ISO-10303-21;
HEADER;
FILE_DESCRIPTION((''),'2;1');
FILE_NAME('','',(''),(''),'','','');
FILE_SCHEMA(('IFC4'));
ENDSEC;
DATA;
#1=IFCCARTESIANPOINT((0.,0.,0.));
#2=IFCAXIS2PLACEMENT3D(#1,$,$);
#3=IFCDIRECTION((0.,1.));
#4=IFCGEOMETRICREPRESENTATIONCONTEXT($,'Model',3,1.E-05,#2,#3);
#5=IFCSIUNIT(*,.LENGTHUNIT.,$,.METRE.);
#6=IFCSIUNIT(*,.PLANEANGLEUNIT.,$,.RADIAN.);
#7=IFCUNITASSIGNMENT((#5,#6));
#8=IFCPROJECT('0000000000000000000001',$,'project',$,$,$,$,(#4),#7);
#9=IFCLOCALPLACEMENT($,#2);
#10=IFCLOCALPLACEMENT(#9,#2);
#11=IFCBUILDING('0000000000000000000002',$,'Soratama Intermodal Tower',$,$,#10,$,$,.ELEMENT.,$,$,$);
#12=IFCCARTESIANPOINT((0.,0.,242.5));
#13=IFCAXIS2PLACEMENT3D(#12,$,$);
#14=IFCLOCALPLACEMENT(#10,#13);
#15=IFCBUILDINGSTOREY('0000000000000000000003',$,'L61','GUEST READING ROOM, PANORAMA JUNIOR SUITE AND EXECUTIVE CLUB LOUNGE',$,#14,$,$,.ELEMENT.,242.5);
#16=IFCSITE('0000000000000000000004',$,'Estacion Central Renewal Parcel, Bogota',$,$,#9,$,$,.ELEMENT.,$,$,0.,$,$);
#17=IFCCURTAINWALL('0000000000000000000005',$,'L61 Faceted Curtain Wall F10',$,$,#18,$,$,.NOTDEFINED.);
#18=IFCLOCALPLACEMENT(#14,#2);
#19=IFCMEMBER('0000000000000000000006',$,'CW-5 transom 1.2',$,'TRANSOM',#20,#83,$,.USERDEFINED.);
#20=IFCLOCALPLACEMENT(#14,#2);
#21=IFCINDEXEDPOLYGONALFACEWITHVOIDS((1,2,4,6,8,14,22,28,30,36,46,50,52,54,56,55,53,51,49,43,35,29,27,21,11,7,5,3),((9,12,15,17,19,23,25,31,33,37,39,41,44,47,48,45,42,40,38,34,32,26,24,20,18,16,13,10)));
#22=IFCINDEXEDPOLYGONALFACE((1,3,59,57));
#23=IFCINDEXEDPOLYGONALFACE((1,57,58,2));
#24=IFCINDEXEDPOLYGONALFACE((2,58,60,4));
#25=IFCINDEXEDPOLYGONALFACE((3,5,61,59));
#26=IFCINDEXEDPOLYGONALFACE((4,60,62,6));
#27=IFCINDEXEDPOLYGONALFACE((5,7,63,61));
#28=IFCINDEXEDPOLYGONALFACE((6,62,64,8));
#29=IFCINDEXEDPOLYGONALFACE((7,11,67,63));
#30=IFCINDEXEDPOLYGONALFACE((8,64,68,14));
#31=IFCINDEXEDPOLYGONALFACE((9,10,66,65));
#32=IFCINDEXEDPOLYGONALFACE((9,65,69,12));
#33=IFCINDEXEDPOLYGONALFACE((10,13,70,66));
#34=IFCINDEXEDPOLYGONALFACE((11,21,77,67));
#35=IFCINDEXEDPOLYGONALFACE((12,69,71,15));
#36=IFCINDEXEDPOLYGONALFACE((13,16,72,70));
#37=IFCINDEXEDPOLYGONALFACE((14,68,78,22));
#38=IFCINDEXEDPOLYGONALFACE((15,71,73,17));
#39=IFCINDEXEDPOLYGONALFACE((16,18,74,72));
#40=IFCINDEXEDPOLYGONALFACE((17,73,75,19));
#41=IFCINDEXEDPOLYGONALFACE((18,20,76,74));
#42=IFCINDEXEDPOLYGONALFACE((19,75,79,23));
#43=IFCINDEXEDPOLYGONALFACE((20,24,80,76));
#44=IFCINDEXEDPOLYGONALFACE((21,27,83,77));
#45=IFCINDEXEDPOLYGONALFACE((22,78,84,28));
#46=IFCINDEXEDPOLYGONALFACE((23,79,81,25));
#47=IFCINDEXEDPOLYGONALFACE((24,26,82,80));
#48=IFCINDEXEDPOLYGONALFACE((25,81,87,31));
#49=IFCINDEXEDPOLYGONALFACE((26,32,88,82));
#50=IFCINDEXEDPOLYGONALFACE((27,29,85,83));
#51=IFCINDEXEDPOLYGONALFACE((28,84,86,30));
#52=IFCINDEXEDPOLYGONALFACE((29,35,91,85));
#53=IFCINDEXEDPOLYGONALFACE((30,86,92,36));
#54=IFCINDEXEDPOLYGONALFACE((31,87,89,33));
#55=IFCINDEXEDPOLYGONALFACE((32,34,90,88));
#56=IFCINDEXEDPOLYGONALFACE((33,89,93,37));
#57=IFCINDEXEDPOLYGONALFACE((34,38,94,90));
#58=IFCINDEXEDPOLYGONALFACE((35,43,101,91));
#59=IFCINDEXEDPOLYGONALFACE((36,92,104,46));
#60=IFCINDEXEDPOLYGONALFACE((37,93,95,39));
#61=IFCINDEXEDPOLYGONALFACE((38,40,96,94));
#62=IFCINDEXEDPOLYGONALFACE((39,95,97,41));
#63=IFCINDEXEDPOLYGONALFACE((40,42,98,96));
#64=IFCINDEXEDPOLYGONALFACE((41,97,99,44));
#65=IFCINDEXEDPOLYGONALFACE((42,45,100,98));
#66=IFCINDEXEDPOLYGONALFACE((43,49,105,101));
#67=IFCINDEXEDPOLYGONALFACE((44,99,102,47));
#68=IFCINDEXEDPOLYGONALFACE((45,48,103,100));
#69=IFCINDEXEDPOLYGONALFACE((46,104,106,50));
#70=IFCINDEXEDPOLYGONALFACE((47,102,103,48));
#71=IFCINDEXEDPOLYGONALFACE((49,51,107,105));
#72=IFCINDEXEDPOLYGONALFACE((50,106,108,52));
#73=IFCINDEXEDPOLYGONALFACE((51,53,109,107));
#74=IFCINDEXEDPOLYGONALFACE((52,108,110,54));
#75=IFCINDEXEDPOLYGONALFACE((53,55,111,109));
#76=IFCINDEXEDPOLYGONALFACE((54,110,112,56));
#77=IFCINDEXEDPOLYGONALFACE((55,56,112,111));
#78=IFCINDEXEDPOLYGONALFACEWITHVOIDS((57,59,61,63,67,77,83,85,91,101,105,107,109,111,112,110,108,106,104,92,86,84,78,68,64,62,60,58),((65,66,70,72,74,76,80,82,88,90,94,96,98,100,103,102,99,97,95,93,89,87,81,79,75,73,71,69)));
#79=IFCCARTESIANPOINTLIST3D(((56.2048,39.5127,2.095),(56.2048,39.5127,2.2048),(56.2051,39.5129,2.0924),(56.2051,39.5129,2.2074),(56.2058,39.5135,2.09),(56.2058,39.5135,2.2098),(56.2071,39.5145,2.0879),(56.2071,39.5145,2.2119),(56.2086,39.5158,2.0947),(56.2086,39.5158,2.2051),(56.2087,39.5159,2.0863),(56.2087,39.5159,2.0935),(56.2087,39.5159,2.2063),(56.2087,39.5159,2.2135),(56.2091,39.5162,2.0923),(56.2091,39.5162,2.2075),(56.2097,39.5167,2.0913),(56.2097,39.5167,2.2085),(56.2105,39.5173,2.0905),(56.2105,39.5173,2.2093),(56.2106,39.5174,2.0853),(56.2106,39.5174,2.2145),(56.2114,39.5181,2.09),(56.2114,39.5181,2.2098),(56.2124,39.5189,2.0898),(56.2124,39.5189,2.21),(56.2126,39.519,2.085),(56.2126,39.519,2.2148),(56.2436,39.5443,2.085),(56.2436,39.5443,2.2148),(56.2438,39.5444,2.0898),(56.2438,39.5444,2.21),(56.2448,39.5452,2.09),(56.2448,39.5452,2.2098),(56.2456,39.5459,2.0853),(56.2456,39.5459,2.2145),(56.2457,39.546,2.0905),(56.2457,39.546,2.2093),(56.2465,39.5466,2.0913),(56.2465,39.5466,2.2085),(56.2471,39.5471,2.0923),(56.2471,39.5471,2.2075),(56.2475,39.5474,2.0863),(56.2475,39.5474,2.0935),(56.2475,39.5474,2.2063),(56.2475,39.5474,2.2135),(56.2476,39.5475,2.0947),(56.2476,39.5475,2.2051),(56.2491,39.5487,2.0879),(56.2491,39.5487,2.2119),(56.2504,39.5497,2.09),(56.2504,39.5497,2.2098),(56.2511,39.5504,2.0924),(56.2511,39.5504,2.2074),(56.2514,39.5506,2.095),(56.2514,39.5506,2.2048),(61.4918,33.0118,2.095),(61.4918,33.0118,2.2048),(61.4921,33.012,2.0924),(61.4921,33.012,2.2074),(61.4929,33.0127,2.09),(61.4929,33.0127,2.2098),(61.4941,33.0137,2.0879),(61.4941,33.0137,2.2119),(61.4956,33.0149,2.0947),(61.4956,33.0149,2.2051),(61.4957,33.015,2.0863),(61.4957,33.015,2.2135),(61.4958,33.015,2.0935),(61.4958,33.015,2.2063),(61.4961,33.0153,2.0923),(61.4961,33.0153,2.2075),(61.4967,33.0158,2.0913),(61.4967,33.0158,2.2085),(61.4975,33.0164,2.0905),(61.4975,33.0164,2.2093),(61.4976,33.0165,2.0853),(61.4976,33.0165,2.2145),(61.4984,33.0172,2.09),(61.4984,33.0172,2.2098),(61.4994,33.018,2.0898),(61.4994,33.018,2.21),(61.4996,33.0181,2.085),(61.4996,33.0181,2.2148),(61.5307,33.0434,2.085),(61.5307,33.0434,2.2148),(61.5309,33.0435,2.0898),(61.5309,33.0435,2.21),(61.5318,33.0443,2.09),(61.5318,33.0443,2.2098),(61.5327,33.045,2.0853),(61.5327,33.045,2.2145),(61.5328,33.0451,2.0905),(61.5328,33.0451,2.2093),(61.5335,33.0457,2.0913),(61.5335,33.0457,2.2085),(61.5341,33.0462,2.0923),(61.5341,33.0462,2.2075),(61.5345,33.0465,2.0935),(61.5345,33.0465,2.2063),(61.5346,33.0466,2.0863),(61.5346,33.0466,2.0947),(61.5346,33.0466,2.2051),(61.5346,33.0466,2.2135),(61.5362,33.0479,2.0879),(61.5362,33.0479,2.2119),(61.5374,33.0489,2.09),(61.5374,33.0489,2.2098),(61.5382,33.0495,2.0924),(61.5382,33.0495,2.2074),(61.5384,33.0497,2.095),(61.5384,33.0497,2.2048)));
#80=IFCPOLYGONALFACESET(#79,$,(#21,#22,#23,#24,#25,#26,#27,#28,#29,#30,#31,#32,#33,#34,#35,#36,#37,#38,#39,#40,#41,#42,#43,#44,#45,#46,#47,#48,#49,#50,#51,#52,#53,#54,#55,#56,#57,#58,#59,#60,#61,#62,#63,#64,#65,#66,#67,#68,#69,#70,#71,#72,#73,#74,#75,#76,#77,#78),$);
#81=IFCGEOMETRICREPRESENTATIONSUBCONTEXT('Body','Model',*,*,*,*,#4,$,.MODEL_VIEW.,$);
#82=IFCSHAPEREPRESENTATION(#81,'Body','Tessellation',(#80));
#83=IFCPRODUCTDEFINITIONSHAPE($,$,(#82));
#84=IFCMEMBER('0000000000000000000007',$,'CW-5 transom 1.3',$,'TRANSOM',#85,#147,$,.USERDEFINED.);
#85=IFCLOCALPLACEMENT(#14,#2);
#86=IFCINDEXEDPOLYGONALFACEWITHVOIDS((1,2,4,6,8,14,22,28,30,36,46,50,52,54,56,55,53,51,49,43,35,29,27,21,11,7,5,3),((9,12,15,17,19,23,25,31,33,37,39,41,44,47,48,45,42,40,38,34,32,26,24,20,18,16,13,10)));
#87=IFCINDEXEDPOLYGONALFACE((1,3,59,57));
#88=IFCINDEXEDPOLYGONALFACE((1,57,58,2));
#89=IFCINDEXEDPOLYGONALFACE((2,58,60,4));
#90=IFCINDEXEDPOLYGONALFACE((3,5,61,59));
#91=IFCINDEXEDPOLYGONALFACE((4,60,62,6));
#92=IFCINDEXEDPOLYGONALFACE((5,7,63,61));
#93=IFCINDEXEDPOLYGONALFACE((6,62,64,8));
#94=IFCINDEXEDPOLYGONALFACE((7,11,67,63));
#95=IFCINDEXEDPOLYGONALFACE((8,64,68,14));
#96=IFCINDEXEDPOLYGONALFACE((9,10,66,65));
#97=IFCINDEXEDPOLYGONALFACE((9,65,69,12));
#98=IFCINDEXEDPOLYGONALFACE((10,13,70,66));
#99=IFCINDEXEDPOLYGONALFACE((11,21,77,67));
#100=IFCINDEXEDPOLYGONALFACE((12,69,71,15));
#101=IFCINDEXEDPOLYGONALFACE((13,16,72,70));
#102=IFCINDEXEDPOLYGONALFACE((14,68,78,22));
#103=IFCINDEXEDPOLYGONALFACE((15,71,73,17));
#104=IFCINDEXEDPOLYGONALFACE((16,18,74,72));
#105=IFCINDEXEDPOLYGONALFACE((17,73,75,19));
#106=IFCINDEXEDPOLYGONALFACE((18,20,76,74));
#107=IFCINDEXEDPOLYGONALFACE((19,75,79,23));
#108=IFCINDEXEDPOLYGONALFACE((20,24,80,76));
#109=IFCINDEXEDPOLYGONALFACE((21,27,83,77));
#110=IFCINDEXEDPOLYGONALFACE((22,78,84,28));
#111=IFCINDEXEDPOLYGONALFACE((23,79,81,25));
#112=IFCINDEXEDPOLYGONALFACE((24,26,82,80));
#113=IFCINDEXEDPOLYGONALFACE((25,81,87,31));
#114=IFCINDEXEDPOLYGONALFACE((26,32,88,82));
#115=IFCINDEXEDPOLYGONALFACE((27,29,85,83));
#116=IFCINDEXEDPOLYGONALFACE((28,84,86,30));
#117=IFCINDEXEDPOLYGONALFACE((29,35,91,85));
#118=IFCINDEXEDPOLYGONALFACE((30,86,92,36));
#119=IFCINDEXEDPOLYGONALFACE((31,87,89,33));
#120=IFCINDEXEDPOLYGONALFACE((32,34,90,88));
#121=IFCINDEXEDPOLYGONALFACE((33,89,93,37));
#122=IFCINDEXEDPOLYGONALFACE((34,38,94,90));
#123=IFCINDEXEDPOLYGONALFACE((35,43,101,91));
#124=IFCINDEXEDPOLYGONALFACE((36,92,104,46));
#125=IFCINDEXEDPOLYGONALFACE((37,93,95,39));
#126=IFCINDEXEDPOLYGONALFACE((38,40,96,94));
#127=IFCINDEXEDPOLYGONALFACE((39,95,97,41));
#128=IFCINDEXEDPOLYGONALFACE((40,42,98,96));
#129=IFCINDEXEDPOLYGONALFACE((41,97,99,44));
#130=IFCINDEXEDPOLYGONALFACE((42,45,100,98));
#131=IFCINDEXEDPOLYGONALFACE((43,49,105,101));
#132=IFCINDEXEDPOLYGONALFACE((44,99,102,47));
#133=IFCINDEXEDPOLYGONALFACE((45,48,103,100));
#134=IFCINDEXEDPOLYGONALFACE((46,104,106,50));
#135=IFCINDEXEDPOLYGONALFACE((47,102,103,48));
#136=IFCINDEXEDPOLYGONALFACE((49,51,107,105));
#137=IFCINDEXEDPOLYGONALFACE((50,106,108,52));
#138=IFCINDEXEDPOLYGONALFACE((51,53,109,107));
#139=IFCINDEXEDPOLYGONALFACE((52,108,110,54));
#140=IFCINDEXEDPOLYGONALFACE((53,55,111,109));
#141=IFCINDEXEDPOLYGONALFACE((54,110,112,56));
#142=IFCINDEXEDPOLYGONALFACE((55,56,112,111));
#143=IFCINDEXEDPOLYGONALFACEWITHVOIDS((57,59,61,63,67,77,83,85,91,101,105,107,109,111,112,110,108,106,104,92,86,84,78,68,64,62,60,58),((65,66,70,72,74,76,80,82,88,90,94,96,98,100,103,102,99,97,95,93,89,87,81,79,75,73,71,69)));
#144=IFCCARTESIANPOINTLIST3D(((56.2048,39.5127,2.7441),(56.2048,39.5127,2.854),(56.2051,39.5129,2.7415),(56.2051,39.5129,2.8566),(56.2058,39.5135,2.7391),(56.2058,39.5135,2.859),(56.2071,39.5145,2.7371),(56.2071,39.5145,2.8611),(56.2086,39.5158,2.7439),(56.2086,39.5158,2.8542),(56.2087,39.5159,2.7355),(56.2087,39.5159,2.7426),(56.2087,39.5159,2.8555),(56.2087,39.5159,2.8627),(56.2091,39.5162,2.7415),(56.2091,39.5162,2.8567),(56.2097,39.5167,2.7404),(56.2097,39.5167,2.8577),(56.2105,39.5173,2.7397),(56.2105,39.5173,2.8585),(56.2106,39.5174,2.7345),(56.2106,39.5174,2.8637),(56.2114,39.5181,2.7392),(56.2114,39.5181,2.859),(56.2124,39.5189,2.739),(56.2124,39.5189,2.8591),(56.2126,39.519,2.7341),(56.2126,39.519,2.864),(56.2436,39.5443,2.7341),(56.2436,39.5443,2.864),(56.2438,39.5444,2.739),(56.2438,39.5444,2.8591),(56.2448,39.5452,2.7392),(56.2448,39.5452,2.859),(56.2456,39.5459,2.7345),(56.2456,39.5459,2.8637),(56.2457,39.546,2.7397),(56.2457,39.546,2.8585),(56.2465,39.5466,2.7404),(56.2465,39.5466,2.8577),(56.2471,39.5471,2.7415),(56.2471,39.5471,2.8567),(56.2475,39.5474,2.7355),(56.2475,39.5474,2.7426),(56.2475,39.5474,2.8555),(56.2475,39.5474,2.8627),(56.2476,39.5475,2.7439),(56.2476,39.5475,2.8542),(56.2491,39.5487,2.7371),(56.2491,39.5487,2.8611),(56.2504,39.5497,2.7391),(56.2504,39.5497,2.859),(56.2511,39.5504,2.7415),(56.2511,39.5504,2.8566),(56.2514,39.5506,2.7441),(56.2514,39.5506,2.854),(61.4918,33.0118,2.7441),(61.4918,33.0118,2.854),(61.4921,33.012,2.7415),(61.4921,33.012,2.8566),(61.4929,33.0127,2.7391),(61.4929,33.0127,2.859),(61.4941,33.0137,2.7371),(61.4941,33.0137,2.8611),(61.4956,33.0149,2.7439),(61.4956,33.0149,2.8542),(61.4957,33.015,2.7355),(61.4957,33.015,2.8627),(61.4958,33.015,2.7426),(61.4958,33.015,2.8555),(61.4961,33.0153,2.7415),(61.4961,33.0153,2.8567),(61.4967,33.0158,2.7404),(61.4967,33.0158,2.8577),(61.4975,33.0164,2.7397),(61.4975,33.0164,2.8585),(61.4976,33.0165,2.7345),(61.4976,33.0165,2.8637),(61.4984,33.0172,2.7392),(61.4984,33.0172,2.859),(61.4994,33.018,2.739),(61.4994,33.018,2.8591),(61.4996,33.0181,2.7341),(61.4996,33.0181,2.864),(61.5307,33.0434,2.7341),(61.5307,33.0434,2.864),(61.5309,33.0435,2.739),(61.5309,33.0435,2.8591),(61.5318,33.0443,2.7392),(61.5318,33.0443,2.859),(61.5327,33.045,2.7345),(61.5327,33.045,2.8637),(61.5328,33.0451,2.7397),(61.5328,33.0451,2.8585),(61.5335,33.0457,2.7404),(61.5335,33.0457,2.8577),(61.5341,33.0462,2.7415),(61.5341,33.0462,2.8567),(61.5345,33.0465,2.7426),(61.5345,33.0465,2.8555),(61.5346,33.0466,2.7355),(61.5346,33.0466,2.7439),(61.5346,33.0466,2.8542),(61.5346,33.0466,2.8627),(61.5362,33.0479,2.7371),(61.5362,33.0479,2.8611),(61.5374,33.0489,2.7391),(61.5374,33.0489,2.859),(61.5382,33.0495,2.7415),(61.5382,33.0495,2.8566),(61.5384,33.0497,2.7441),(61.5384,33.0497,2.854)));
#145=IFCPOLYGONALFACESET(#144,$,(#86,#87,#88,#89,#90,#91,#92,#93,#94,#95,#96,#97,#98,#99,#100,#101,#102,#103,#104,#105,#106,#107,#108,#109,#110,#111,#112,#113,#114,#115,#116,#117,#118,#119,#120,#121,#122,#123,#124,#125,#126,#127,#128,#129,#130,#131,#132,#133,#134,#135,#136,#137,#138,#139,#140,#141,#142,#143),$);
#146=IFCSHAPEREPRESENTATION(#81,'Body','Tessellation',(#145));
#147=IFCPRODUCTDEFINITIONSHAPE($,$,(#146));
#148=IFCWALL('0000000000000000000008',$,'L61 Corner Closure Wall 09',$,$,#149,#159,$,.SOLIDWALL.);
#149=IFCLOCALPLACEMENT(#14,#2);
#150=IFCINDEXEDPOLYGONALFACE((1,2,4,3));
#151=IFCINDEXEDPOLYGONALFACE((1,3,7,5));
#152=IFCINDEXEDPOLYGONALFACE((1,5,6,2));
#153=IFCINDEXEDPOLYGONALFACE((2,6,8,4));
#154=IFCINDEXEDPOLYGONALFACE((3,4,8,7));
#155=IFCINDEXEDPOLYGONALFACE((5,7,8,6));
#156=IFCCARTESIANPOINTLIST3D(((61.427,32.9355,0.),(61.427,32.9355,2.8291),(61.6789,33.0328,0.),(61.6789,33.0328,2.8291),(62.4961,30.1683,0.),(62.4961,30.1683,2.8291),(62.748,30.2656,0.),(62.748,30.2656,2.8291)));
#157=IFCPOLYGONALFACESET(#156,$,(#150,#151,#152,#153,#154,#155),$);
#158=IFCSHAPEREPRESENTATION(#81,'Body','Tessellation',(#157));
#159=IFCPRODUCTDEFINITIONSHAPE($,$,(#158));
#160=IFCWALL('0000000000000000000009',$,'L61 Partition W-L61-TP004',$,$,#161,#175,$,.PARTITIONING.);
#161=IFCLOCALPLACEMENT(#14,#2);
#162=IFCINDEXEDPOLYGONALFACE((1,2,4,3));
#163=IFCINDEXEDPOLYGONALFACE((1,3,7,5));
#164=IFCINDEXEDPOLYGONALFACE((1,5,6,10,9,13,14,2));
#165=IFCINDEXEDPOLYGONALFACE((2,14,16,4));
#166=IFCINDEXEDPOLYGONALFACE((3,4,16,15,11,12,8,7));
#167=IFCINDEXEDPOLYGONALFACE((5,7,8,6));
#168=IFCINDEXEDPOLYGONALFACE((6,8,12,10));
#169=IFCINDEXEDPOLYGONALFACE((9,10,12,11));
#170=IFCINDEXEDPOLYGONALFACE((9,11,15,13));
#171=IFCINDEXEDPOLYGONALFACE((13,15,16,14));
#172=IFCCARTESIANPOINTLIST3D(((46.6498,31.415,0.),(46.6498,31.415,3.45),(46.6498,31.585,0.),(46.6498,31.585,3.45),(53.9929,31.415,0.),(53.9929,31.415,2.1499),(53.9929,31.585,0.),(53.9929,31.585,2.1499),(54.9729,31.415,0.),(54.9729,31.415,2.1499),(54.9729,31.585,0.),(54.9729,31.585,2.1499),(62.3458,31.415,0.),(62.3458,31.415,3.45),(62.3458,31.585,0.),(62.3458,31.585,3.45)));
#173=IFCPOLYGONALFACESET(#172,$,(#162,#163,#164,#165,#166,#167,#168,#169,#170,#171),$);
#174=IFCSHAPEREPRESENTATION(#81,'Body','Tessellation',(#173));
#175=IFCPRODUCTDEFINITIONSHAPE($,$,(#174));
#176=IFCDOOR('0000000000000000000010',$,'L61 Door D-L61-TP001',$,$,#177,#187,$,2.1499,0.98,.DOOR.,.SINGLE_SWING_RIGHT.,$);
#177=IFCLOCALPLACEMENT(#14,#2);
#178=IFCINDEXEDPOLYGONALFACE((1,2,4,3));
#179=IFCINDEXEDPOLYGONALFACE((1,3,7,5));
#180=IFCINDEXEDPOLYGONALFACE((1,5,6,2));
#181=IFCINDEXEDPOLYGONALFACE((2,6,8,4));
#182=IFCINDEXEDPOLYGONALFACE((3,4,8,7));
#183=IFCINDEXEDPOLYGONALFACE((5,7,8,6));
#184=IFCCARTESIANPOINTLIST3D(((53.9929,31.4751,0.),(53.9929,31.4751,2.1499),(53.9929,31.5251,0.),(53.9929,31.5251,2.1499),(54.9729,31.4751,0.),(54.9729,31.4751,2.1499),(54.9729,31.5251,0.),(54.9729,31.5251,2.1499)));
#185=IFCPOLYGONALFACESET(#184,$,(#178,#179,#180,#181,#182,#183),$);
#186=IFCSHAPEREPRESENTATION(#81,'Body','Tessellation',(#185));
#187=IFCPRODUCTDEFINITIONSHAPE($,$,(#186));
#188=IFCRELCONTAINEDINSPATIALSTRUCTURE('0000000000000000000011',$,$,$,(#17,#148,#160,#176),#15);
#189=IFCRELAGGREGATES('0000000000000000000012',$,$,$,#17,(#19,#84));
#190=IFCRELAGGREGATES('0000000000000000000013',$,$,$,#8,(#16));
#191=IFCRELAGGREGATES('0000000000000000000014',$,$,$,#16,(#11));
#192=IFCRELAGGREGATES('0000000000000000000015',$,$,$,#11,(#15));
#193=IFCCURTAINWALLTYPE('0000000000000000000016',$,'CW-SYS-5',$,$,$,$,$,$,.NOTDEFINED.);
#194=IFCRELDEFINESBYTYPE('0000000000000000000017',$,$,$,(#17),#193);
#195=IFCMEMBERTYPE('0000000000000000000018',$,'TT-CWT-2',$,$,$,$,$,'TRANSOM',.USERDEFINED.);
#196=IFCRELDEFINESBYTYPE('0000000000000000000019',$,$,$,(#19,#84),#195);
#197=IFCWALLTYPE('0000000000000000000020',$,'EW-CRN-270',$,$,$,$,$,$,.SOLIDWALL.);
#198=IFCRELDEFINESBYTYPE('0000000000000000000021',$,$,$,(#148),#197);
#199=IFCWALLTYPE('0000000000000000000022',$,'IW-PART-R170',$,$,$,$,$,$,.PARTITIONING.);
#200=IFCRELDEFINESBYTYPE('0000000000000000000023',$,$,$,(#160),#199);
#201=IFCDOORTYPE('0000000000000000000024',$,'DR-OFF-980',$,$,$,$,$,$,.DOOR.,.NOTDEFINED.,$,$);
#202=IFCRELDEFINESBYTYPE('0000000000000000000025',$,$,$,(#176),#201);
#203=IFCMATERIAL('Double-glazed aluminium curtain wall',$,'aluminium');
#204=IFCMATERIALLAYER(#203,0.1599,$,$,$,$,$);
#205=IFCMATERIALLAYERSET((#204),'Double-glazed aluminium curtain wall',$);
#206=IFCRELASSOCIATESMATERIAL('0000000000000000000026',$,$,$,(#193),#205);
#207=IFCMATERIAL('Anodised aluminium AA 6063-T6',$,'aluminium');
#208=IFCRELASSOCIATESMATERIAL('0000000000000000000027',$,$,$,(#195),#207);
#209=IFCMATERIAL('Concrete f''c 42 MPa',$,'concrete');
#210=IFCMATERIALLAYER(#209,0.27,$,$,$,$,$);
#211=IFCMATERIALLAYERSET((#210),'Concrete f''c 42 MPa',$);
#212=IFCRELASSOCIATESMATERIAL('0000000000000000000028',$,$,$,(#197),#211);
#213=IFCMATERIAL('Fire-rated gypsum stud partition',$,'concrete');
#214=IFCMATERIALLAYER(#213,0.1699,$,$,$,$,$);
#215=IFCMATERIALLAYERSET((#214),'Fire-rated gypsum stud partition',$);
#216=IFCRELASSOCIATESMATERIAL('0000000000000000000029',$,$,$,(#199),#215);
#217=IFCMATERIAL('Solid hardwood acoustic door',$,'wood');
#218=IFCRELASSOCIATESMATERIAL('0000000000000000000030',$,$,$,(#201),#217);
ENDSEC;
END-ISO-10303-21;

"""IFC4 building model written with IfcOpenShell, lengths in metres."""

from ifc_helpers import new_model, si_unit, direction, frame, frame_2d, origin, origin_2d, place, context, subcontext, project, spatial, rectangle, hollow_rectangle, extrude, material, layer, layer_set, material_profile, profile_set, type_object, element, fill, aggregate, save


model = new_model("IFC4")

# Units and contexts
model_context = context("Model", 3, precision=1e-05, world=origin(), true_north=direction((0.0, 1.0)))
body_context = subcontext(model_context, "Body", "Model", "MODEL_VIEW")
ifc_project = project(units=[si_unit("LENGTHUNIT", "METRE"), si_unit("PLANEANGLEUNIT", "RADIAN")], contexts=[model_context])

# Site, building, storey
site_placement = place(None, origin())
site = spatial("IfcSite", under=ifc_project, at=site_placement, Name="Estacion Central Renewal Parcel, Bogota", CompositionType="ELEMENT", RefElevation=0.0)
building_placement = place(site_placement, origin())
building = spatial("IfcBuilding", under=site, at=building_placement, Name="Soratama Intermodal Tower", CompositionType="ELEMENT")
storey_placement = place(building_placement, frame((0.0, 0.0, 242.5)))
storey = spatial("IfcBuildingStorey", under=building, at=storey_placement, Name="L61", Description="GUEST READING ROOM, PANORAMA JUNIOR SUITE AND EXECUTIVE CLUB LOUNGE", CompositionType="ELEMENT", Elevation=242.5)

# Curtain wall, members
ifc_material_1 = material(Name="Double-glazed aluminium curtain wall", Category="aluminium")
ifc_layer_1 = layer(ifc_material_1, 0.1599)
ifc_layer_set_1 = layer_set([ifc_layer_1], Name="Double-glazed aluminium curtain wall")
curtain_wall_type = type_object("IfcCurtainWallType", Name="CW-SYS-5", PredefinedType="NOTDEFINED", material=ifc_layer_set_1)
curtain_wall_placement = place(storey_placement, origin())
curtain_wall = element("IfcCurtainWall", 1, at=curtain_wall_placement, inside=storey, type_object=curtain_wall_type, Name="L61 Faceted Curtain Wall F10", PredefinedType="NOTDEFINED")
ifc_material_2 = material(Name="Anodised aluminium AA 6063-T6", Category="aluminium")
ifc_material_profile_1 = material_profile(ifc_material_2, hollow_rectangle(XDim=0.0601, YDim=0.1299, WallThickness=0.0049, InnerFilletRadius=0.0049, OuterFilletRadius=0.01, at=origin_2d()), Name="CWT130X60X5")
ifc_profile_set_1 = profile_set([ifc_material_profile_1], Name="Anodised aluminium AA 6063-T6")
member_type_1 = type_object("IfcMemberType", Name="TT-CWT-2", ElementType="TRANSOM", PredefinedType="USERDEFINED", material=ifc_profile_set_1)
member_1_placement = place(storey_placement, frame((61.5151, 33.0308, 2.1499), z_axis=(-0.630957, 0.775818, 0.0), x_axis=(-0.775818, -0.630957, 0.0)))
member_1 = element("IfcMember", 2, at=member_1_placement, type_object=member_type_1, Name="CW-5 transom 1.2", ObjectType="TRANSOM", PredefinedType="USERDEFINED", context=body_context, shape_type="SweptSolid", body=[
    extrude(hollow_rectangle(XDim=0.0601, YDim=0.1299, WallThickness=0.0049, InnerFilletRadius=0.0049, OuterFilletRadius=0.01, at=origin_2d()), origin(), (0.0, 0.0, 1.0), 8.3794),
])
member_2_placement = place(storey_placement, frame((61.5151, 33.0308, 2.7991), z_axis=(-0.630957, 0.775818, 0.0), x_axis=(-0.775818, -0.630957, 0.0)))
member_2 = element("IfcMember", 3, at=member_2_placement, type_object=member_type_1, Name="CW-5 transom 1.3", ObjectType="TRANSOM", PredefinedType="USERDEFINED", context=body_context, shape_type="SweptSolid", body=[
    extrude(hollow_rectangle(XDim=0.0601, YDim=0.1299, WallThickness=0.0049, InnerFilletRadius=0.0049, OuterFilletRadius=0.01, at=origin_2d()), origin(), (0.0, 0.0, 1.0), 8.3794),
])
aggregate(curtain_wall, [member_1, member_2])

# Wall
ifc_material_3 = material(Name="Concrete f'c 42 MPa", Category="concrete")
ifc_layer_2 = layer(ifc_material_3, 0.27)
ifc_layer_set_2 = layer_set([ifc_layer_2], Name="Concrete f'c 42 MPa")
wall_type_1 = type_object("IfcWallType", Name="EW-CRN-270", PredefinedType="SOLIDWALL", material=ifc_layer_set_2)
wall_1_placement = place(storey_placement, frame((62.6221, 30.2168, 0.0), z_axis=(0.0, 0.0, 1.0), x_axis=(-0.360368, 0.93281, 0.0)))
element("IfcWall", 4, at=wall_1_placement, inside=storey, type_object=wall_type_1, Name="L61 Corner Closure Wall 09", PredefinedType="SOLIDWALL", context=body_context, shape_type="SweptSolid", body=[
    extrude(rectangle(XDim=2.9666, YDim=0.27, at=frame_2d((1.4834, 0.0))), origin(), (0.0, 0.0, 1.0), 2.8291),
])

# Wall, opening, door
ifc_material_4 = material(Name="Fire-rated gypsum stud partition", Category="concrete")
ifc_layer_3 = layer(ifc_material_4, 0.1699)
ifc_layer_set_3 = layer_set([ifc_layer_3], Name="Fire-rated gypsum stud partition")
wall_type_2 = type_object("IfcWallType", Name="IW-PART-R170", PredefinedType="PARTITIONING", material=ifc_layer_set_3)
wall_2_placement = place(storey_placement, frame((62.3459, 31.5, 0.0), z_axis=(0.0, 0.0, 1.0), x_axis=(-1.0, 0.0, 0.0)))
wall_2 = element("IfcWall", 5, at=wall_2_placement, inside=storey, type_object=wall_type_2, Name="L61 Partition W-L61-TP004", PredefinedType="PARTITIONING", context=body_context, shape_type="SweptSolid", body=[
    extrude(rectangle(XDim=15.696, YDim=0.1699, at=frame_2d((7.8481, 0.0))), origin(), (0.0, 0.0, 1.0), 3.45),
])
opening_1_placement = place(wall_2_placement, frame((7.373, 0.0, 0.0)))
opening_1 = element("IfcOpeningElement", 6, at=opening_1_placement, cuts=wall_2, PredefinedType="OPENING", context=body_context, shape_type="SweptSolid", body=[
    extrude(rectangle(XDim=0.98, YDim=2.1499, at=frame_2d((0.49, 1.075))), frame((0.0, 0.095, 0.0), z_axis=(0.0, -1.0, 0.0), x_axis=(1.0, 0.0, 0.0)), (0.0, 0.0, 1.0), 0.1899),
])
ifc_material_5 = material(Name="Solid hardwood acoustic door", Category="wood")
door_type_1 = type_object("IfcDoorType", Name="DR-OFF-980", OperationType="NOTDEFINED", PredefinedType="DOOR", material=ifc_material_5)
door_1_placement = place(opening_1_placement, origin())
door_1 = element("IfcDoor", 7, at=door_1_placement, inside=storey, type_object=door_type_1, Name="L61 Door D-L61-TP001", OperationType="SINGLE_SWING_RIGHT", OverallHeight=2.1499, OverallWidth=0.98, PredefinedType="DOOR", context=body_context, shape_type="SweptSolid", body=[
    extrude(rectangle(XDim=0.98, YDim=2.1499, at=frame_2d((0.49, 1.075))), frame((0.0, 0.0249, 0.0), z_axis=(0.0, -1.0, 0.0), x_axis=(1.0, 0.0, 0.0)), (0.0, 0.0, 1.0), 0.05),
])
fill(opening_1, door_1)

save(model, "model.ifc")
